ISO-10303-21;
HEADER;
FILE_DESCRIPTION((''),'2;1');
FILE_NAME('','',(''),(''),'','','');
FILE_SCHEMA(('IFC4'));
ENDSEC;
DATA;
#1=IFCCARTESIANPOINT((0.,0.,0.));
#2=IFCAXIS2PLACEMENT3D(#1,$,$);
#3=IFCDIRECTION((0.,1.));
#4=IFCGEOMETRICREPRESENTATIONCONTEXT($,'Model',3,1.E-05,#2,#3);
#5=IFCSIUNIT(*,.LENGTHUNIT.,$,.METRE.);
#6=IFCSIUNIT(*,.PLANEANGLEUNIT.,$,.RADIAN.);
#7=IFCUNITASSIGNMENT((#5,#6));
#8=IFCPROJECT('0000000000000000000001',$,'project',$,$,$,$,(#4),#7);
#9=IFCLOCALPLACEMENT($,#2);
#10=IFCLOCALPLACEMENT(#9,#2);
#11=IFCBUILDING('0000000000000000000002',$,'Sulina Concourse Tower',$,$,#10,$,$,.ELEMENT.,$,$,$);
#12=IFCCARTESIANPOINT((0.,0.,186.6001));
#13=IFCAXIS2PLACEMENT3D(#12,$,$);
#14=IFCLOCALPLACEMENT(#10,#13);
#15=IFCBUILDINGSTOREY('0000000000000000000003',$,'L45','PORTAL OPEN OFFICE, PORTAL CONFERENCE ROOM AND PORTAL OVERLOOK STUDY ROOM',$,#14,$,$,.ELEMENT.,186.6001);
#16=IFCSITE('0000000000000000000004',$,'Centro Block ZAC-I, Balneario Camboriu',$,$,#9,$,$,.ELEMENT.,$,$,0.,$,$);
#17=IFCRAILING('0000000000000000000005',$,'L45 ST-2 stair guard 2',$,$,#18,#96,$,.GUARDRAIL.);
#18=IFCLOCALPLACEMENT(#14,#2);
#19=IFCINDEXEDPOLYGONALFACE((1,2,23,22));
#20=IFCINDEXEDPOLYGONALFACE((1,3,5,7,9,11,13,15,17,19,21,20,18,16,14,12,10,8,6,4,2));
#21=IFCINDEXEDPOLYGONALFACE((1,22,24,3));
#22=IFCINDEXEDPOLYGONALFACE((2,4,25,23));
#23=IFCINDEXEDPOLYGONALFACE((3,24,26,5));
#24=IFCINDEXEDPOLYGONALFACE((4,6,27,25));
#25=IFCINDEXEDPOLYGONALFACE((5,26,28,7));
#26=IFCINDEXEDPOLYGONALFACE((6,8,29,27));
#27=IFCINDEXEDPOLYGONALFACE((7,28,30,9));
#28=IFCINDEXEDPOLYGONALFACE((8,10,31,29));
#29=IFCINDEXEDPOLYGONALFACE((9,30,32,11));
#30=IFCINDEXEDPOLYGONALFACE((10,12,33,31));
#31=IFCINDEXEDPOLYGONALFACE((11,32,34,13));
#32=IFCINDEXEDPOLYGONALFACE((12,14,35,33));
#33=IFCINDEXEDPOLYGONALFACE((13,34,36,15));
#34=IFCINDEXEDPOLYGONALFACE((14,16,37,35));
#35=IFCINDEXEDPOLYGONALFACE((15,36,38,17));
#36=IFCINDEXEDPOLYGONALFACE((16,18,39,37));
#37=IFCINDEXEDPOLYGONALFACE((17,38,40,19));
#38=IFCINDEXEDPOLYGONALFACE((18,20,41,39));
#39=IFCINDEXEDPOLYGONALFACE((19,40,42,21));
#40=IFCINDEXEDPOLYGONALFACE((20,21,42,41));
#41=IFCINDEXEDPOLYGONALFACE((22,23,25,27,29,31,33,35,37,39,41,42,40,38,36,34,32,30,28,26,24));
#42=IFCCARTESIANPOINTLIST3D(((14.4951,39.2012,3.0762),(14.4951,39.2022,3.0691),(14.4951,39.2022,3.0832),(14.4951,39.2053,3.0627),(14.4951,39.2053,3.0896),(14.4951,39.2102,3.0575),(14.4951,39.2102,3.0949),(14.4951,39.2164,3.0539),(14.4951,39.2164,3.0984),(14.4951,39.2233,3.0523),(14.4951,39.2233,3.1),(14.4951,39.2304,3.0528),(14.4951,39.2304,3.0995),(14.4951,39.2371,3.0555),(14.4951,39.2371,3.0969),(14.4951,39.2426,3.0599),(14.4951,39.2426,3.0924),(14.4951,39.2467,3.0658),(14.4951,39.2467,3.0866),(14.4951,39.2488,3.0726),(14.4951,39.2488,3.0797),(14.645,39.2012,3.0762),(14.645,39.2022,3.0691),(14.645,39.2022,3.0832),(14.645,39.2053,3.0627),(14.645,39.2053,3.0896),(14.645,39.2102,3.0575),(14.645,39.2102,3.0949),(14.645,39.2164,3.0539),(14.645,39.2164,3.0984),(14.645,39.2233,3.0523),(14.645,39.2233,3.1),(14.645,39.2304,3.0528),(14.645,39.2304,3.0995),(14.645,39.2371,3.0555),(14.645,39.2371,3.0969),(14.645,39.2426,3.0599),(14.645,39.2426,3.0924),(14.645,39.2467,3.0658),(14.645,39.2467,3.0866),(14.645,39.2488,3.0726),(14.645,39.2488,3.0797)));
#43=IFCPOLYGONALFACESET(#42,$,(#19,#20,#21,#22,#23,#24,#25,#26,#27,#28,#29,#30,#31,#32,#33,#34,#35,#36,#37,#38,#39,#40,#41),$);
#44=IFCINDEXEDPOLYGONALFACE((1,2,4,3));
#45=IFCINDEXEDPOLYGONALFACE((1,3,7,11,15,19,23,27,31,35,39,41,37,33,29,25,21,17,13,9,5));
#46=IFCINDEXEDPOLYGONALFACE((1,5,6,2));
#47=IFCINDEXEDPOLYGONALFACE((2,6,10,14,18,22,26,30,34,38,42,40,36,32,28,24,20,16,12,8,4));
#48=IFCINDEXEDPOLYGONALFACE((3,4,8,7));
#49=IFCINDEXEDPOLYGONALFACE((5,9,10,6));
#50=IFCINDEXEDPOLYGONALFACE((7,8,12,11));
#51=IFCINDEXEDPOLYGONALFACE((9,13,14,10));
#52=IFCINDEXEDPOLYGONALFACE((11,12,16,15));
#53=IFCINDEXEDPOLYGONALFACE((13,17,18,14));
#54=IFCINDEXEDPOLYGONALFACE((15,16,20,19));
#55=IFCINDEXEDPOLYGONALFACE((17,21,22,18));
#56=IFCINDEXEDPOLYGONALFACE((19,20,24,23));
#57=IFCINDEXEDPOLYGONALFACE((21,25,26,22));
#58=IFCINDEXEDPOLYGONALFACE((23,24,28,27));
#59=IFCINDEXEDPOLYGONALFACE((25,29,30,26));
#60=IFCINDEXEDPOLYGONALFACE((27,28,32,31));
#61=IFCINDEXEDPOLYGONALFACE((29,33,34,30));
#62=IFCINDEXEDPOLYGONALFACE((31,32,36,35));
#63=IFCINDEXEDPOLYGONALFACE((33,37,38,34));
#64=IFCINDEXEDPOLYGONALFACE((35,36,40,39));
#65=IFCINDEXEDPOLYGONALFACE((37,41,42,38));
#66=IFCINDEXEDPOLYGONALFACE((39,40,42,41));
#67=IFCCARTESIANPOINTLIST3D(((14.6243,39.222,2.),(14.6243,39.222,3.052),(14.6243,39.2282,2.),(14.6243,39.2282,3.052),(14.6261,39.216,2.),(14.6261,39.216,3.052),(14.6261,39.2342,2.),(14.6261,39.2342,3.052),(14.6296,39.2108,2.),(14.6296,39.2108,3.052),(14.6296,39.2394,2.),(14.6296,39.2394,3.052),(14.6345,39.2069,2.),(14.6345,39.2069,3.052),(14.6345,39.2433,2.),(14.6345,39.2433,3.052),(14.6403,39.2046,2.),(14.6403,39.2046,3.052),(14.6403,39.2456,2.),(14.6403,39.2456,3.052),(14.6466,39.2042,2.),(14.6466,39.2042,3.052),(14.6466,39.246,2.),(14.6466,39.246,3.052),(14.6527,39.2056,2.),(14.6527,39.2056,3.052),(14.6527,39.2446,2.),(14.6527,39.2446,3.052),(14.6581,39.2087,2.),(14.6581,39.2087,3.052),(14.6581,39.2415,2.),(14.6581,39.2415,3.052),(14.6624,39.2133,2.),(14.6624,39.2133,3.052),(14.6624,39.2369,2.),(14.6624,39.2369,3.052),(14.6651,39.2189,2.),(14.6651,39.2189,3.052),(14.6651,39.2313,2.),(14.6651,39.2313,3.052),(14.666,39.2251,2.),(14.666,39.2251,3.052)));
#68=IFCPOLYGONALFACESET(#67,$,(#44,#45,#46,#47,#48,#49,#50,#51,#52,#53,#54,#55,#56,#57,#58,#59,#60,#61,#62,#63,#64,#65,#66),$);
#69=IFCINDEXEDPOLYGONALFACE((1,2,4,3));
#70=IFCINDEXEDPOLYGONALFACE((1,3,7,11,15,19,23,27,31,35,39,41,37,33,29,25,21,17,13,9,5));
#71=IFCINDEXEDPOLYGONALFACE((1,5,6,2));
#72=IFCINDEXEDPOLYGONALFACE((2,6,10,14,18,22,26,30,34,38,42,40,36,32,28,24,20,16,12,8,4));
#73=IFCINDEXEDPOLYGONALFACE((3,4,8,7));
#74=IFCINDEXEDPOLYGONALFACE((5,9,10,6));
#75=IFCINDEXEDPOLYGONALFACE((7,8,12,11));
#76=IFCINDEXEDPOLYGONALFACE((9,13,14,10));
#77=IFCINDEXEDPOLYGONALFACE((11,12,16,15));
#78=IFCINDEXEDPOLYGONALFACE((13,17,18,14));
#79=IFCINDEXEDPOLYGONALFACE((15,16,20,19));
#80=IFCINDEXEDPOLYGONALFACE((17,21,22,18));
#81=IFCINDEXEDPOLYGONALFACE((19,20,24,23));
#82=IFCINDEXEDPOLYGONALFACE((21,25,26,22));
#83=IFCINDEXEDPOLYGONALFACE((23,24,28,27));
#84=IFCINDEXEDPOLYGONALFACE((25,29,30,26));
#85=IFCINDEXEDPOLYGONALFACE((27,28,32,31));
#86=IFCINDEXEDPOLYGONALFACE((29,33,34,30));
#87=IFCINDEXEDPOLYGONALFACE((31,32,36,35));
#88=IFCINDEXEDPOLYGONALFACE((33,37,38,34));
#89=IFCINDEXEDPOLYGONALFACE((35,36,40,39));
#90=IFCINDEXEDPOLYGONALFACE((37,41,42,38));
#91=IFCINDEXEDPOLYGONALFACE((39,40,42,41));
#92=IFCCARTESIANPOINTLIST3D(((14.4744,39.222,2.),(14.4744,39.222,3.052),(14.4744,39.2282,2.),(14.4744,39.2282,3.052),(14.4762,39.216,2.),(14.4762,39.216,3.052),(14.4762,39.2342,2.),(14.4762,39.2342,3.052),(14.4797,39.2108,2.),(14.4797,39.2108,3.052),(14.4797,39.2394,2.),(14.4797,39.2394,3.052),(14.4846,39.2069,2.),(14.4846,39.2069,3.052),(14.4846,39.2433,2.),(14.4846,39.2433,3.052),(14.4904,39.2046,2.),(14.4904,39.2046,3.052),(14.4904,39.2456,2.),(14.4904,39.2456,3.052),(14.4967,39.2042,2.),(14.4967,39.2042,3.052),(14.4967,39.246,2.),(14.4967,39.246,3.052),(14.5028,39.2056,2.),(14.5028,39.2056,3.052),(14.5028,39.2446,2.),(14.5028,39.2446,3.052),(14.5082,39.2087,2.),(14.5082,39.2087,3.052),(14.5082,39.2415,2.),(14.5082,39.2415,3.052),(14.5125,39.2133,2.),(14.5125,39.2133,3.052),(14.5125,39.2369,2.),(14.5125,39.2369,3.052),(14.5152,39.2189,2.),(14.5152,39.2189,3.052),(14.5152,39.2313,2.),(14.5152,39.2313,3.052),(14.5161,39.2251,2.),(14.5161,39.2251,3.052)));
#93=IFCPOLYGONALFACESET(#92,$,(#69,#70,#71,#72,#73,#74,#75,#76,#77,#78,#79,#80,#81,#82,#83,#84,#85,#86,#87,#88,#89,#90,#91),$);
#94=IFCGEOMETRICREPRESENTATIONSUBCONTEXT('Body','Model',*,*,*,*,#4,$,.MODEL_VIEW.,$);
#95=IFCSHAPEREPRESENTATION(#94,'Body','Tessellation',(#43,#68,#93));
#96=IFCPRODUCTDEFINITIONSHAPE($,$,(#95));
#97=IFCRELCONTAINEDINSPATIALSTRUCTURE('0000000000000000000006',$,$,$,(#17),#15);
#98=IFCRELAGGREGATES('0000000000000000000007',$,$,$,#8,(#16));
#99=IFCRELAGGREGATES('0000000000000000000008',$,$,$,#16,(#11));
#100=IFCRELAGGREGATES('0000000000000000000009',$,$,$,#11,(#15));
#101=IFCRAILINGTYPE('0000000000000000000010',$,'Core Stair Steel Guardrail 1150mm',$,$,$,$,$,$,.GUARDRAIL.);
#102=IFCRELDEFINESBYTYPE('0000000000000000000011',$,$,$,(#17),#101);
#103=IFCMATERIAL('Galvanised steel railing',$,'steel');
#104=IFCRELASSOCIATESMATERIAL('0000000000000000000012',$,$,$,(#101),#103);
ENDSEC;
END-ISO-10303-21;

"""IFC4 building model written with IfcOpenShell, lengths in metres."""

from ifc_helpers import new_model, si_unit, direction, frame, origin, origin_2d, place, context, subcontext, project, spatial, circle, extrude, material, type_object, element, save


model = new_model("IFC4")

# Units and contexts
model_context = context("Model", 3, precision=1e-05, world=origin(), true_north=direction((0.0, 1.0)))
body_context = subcontext(model_context, "Body", "Model", "MODEL_VIEW")
ifc_project = project(units=[si_unit("LENGTHUNIT", "METRE"), si_unit("PLANEANGLEUNIT", "RADIAN")], contexts=[model_context])

# Site, building, storey
site_placement = place(None, origin())
site = spatial("IfcSite", under=ifc_project, at=site_placement, Name="Centro Block ZAC-I, Balneario Camboriu", CompositionType="ELEMENT", RefElevation=0.0)
building_placement = place(site_placement, origin())
building = spatial("IfcBuilding", under=site, at=building_placement, Name="Sulina Concourse Tower", CompositionType="ELEMENT")
storey_placement = place(building_placement, frame((0.0, 0.0, 186.6001)))
storey = spatial("IfcBuildingStorey", under=building, at=storey_placement, Name="L45", Description="PORTAL OPEN OFFICE, PORTAL CONFERENCE ROOM AND PORTAL OVERLOOK STUDY ROOM", CompositionType="ELEMENT", Elevation=186.6001)

# Railing
ifc_material_1 = material(Name="Galvanised steel railing", Category="steel")
railing_type_1 = type_object("IfcRailingType", Name="Core Stair Steel Guardrail 1150mm", PredefinedType="GUARDRAIL", material=ifc_material_1)
railing_1_placement = place(storey_placement, frame((14.645, 39.2251, 2.0)))
element("IfcRailing", 1, at=railing_1_placement, inside=storey, type_object=railing_type_1, Name="L45 ST-2 stair guard 2", PredefinedType="GUARDRAIL", context=body_context, shape_type="SweptSolid", body=[
    extrude(circle(Radius=0.0239, at=origin_2d()), frame((0.0, 0.0, 1.0762), z_axis=(-1.0, 0.0, 0.0), x_axis=(0.0, -1.0, 0.0)), (0.0, 0.0, 1.0), 0.1499),
    extrude(circle(Radius=0.021, at=origin_2d()), origin(), (0.0, 0.0, 1.0), 1.052),
    extrude(circle(Radius=0.021, at=origin_2d()), frame((-0.1499, 0.0, 0.0)), (0.0, 0.0, 1.0), 1.052),
])

save(model, "model.ifc")
